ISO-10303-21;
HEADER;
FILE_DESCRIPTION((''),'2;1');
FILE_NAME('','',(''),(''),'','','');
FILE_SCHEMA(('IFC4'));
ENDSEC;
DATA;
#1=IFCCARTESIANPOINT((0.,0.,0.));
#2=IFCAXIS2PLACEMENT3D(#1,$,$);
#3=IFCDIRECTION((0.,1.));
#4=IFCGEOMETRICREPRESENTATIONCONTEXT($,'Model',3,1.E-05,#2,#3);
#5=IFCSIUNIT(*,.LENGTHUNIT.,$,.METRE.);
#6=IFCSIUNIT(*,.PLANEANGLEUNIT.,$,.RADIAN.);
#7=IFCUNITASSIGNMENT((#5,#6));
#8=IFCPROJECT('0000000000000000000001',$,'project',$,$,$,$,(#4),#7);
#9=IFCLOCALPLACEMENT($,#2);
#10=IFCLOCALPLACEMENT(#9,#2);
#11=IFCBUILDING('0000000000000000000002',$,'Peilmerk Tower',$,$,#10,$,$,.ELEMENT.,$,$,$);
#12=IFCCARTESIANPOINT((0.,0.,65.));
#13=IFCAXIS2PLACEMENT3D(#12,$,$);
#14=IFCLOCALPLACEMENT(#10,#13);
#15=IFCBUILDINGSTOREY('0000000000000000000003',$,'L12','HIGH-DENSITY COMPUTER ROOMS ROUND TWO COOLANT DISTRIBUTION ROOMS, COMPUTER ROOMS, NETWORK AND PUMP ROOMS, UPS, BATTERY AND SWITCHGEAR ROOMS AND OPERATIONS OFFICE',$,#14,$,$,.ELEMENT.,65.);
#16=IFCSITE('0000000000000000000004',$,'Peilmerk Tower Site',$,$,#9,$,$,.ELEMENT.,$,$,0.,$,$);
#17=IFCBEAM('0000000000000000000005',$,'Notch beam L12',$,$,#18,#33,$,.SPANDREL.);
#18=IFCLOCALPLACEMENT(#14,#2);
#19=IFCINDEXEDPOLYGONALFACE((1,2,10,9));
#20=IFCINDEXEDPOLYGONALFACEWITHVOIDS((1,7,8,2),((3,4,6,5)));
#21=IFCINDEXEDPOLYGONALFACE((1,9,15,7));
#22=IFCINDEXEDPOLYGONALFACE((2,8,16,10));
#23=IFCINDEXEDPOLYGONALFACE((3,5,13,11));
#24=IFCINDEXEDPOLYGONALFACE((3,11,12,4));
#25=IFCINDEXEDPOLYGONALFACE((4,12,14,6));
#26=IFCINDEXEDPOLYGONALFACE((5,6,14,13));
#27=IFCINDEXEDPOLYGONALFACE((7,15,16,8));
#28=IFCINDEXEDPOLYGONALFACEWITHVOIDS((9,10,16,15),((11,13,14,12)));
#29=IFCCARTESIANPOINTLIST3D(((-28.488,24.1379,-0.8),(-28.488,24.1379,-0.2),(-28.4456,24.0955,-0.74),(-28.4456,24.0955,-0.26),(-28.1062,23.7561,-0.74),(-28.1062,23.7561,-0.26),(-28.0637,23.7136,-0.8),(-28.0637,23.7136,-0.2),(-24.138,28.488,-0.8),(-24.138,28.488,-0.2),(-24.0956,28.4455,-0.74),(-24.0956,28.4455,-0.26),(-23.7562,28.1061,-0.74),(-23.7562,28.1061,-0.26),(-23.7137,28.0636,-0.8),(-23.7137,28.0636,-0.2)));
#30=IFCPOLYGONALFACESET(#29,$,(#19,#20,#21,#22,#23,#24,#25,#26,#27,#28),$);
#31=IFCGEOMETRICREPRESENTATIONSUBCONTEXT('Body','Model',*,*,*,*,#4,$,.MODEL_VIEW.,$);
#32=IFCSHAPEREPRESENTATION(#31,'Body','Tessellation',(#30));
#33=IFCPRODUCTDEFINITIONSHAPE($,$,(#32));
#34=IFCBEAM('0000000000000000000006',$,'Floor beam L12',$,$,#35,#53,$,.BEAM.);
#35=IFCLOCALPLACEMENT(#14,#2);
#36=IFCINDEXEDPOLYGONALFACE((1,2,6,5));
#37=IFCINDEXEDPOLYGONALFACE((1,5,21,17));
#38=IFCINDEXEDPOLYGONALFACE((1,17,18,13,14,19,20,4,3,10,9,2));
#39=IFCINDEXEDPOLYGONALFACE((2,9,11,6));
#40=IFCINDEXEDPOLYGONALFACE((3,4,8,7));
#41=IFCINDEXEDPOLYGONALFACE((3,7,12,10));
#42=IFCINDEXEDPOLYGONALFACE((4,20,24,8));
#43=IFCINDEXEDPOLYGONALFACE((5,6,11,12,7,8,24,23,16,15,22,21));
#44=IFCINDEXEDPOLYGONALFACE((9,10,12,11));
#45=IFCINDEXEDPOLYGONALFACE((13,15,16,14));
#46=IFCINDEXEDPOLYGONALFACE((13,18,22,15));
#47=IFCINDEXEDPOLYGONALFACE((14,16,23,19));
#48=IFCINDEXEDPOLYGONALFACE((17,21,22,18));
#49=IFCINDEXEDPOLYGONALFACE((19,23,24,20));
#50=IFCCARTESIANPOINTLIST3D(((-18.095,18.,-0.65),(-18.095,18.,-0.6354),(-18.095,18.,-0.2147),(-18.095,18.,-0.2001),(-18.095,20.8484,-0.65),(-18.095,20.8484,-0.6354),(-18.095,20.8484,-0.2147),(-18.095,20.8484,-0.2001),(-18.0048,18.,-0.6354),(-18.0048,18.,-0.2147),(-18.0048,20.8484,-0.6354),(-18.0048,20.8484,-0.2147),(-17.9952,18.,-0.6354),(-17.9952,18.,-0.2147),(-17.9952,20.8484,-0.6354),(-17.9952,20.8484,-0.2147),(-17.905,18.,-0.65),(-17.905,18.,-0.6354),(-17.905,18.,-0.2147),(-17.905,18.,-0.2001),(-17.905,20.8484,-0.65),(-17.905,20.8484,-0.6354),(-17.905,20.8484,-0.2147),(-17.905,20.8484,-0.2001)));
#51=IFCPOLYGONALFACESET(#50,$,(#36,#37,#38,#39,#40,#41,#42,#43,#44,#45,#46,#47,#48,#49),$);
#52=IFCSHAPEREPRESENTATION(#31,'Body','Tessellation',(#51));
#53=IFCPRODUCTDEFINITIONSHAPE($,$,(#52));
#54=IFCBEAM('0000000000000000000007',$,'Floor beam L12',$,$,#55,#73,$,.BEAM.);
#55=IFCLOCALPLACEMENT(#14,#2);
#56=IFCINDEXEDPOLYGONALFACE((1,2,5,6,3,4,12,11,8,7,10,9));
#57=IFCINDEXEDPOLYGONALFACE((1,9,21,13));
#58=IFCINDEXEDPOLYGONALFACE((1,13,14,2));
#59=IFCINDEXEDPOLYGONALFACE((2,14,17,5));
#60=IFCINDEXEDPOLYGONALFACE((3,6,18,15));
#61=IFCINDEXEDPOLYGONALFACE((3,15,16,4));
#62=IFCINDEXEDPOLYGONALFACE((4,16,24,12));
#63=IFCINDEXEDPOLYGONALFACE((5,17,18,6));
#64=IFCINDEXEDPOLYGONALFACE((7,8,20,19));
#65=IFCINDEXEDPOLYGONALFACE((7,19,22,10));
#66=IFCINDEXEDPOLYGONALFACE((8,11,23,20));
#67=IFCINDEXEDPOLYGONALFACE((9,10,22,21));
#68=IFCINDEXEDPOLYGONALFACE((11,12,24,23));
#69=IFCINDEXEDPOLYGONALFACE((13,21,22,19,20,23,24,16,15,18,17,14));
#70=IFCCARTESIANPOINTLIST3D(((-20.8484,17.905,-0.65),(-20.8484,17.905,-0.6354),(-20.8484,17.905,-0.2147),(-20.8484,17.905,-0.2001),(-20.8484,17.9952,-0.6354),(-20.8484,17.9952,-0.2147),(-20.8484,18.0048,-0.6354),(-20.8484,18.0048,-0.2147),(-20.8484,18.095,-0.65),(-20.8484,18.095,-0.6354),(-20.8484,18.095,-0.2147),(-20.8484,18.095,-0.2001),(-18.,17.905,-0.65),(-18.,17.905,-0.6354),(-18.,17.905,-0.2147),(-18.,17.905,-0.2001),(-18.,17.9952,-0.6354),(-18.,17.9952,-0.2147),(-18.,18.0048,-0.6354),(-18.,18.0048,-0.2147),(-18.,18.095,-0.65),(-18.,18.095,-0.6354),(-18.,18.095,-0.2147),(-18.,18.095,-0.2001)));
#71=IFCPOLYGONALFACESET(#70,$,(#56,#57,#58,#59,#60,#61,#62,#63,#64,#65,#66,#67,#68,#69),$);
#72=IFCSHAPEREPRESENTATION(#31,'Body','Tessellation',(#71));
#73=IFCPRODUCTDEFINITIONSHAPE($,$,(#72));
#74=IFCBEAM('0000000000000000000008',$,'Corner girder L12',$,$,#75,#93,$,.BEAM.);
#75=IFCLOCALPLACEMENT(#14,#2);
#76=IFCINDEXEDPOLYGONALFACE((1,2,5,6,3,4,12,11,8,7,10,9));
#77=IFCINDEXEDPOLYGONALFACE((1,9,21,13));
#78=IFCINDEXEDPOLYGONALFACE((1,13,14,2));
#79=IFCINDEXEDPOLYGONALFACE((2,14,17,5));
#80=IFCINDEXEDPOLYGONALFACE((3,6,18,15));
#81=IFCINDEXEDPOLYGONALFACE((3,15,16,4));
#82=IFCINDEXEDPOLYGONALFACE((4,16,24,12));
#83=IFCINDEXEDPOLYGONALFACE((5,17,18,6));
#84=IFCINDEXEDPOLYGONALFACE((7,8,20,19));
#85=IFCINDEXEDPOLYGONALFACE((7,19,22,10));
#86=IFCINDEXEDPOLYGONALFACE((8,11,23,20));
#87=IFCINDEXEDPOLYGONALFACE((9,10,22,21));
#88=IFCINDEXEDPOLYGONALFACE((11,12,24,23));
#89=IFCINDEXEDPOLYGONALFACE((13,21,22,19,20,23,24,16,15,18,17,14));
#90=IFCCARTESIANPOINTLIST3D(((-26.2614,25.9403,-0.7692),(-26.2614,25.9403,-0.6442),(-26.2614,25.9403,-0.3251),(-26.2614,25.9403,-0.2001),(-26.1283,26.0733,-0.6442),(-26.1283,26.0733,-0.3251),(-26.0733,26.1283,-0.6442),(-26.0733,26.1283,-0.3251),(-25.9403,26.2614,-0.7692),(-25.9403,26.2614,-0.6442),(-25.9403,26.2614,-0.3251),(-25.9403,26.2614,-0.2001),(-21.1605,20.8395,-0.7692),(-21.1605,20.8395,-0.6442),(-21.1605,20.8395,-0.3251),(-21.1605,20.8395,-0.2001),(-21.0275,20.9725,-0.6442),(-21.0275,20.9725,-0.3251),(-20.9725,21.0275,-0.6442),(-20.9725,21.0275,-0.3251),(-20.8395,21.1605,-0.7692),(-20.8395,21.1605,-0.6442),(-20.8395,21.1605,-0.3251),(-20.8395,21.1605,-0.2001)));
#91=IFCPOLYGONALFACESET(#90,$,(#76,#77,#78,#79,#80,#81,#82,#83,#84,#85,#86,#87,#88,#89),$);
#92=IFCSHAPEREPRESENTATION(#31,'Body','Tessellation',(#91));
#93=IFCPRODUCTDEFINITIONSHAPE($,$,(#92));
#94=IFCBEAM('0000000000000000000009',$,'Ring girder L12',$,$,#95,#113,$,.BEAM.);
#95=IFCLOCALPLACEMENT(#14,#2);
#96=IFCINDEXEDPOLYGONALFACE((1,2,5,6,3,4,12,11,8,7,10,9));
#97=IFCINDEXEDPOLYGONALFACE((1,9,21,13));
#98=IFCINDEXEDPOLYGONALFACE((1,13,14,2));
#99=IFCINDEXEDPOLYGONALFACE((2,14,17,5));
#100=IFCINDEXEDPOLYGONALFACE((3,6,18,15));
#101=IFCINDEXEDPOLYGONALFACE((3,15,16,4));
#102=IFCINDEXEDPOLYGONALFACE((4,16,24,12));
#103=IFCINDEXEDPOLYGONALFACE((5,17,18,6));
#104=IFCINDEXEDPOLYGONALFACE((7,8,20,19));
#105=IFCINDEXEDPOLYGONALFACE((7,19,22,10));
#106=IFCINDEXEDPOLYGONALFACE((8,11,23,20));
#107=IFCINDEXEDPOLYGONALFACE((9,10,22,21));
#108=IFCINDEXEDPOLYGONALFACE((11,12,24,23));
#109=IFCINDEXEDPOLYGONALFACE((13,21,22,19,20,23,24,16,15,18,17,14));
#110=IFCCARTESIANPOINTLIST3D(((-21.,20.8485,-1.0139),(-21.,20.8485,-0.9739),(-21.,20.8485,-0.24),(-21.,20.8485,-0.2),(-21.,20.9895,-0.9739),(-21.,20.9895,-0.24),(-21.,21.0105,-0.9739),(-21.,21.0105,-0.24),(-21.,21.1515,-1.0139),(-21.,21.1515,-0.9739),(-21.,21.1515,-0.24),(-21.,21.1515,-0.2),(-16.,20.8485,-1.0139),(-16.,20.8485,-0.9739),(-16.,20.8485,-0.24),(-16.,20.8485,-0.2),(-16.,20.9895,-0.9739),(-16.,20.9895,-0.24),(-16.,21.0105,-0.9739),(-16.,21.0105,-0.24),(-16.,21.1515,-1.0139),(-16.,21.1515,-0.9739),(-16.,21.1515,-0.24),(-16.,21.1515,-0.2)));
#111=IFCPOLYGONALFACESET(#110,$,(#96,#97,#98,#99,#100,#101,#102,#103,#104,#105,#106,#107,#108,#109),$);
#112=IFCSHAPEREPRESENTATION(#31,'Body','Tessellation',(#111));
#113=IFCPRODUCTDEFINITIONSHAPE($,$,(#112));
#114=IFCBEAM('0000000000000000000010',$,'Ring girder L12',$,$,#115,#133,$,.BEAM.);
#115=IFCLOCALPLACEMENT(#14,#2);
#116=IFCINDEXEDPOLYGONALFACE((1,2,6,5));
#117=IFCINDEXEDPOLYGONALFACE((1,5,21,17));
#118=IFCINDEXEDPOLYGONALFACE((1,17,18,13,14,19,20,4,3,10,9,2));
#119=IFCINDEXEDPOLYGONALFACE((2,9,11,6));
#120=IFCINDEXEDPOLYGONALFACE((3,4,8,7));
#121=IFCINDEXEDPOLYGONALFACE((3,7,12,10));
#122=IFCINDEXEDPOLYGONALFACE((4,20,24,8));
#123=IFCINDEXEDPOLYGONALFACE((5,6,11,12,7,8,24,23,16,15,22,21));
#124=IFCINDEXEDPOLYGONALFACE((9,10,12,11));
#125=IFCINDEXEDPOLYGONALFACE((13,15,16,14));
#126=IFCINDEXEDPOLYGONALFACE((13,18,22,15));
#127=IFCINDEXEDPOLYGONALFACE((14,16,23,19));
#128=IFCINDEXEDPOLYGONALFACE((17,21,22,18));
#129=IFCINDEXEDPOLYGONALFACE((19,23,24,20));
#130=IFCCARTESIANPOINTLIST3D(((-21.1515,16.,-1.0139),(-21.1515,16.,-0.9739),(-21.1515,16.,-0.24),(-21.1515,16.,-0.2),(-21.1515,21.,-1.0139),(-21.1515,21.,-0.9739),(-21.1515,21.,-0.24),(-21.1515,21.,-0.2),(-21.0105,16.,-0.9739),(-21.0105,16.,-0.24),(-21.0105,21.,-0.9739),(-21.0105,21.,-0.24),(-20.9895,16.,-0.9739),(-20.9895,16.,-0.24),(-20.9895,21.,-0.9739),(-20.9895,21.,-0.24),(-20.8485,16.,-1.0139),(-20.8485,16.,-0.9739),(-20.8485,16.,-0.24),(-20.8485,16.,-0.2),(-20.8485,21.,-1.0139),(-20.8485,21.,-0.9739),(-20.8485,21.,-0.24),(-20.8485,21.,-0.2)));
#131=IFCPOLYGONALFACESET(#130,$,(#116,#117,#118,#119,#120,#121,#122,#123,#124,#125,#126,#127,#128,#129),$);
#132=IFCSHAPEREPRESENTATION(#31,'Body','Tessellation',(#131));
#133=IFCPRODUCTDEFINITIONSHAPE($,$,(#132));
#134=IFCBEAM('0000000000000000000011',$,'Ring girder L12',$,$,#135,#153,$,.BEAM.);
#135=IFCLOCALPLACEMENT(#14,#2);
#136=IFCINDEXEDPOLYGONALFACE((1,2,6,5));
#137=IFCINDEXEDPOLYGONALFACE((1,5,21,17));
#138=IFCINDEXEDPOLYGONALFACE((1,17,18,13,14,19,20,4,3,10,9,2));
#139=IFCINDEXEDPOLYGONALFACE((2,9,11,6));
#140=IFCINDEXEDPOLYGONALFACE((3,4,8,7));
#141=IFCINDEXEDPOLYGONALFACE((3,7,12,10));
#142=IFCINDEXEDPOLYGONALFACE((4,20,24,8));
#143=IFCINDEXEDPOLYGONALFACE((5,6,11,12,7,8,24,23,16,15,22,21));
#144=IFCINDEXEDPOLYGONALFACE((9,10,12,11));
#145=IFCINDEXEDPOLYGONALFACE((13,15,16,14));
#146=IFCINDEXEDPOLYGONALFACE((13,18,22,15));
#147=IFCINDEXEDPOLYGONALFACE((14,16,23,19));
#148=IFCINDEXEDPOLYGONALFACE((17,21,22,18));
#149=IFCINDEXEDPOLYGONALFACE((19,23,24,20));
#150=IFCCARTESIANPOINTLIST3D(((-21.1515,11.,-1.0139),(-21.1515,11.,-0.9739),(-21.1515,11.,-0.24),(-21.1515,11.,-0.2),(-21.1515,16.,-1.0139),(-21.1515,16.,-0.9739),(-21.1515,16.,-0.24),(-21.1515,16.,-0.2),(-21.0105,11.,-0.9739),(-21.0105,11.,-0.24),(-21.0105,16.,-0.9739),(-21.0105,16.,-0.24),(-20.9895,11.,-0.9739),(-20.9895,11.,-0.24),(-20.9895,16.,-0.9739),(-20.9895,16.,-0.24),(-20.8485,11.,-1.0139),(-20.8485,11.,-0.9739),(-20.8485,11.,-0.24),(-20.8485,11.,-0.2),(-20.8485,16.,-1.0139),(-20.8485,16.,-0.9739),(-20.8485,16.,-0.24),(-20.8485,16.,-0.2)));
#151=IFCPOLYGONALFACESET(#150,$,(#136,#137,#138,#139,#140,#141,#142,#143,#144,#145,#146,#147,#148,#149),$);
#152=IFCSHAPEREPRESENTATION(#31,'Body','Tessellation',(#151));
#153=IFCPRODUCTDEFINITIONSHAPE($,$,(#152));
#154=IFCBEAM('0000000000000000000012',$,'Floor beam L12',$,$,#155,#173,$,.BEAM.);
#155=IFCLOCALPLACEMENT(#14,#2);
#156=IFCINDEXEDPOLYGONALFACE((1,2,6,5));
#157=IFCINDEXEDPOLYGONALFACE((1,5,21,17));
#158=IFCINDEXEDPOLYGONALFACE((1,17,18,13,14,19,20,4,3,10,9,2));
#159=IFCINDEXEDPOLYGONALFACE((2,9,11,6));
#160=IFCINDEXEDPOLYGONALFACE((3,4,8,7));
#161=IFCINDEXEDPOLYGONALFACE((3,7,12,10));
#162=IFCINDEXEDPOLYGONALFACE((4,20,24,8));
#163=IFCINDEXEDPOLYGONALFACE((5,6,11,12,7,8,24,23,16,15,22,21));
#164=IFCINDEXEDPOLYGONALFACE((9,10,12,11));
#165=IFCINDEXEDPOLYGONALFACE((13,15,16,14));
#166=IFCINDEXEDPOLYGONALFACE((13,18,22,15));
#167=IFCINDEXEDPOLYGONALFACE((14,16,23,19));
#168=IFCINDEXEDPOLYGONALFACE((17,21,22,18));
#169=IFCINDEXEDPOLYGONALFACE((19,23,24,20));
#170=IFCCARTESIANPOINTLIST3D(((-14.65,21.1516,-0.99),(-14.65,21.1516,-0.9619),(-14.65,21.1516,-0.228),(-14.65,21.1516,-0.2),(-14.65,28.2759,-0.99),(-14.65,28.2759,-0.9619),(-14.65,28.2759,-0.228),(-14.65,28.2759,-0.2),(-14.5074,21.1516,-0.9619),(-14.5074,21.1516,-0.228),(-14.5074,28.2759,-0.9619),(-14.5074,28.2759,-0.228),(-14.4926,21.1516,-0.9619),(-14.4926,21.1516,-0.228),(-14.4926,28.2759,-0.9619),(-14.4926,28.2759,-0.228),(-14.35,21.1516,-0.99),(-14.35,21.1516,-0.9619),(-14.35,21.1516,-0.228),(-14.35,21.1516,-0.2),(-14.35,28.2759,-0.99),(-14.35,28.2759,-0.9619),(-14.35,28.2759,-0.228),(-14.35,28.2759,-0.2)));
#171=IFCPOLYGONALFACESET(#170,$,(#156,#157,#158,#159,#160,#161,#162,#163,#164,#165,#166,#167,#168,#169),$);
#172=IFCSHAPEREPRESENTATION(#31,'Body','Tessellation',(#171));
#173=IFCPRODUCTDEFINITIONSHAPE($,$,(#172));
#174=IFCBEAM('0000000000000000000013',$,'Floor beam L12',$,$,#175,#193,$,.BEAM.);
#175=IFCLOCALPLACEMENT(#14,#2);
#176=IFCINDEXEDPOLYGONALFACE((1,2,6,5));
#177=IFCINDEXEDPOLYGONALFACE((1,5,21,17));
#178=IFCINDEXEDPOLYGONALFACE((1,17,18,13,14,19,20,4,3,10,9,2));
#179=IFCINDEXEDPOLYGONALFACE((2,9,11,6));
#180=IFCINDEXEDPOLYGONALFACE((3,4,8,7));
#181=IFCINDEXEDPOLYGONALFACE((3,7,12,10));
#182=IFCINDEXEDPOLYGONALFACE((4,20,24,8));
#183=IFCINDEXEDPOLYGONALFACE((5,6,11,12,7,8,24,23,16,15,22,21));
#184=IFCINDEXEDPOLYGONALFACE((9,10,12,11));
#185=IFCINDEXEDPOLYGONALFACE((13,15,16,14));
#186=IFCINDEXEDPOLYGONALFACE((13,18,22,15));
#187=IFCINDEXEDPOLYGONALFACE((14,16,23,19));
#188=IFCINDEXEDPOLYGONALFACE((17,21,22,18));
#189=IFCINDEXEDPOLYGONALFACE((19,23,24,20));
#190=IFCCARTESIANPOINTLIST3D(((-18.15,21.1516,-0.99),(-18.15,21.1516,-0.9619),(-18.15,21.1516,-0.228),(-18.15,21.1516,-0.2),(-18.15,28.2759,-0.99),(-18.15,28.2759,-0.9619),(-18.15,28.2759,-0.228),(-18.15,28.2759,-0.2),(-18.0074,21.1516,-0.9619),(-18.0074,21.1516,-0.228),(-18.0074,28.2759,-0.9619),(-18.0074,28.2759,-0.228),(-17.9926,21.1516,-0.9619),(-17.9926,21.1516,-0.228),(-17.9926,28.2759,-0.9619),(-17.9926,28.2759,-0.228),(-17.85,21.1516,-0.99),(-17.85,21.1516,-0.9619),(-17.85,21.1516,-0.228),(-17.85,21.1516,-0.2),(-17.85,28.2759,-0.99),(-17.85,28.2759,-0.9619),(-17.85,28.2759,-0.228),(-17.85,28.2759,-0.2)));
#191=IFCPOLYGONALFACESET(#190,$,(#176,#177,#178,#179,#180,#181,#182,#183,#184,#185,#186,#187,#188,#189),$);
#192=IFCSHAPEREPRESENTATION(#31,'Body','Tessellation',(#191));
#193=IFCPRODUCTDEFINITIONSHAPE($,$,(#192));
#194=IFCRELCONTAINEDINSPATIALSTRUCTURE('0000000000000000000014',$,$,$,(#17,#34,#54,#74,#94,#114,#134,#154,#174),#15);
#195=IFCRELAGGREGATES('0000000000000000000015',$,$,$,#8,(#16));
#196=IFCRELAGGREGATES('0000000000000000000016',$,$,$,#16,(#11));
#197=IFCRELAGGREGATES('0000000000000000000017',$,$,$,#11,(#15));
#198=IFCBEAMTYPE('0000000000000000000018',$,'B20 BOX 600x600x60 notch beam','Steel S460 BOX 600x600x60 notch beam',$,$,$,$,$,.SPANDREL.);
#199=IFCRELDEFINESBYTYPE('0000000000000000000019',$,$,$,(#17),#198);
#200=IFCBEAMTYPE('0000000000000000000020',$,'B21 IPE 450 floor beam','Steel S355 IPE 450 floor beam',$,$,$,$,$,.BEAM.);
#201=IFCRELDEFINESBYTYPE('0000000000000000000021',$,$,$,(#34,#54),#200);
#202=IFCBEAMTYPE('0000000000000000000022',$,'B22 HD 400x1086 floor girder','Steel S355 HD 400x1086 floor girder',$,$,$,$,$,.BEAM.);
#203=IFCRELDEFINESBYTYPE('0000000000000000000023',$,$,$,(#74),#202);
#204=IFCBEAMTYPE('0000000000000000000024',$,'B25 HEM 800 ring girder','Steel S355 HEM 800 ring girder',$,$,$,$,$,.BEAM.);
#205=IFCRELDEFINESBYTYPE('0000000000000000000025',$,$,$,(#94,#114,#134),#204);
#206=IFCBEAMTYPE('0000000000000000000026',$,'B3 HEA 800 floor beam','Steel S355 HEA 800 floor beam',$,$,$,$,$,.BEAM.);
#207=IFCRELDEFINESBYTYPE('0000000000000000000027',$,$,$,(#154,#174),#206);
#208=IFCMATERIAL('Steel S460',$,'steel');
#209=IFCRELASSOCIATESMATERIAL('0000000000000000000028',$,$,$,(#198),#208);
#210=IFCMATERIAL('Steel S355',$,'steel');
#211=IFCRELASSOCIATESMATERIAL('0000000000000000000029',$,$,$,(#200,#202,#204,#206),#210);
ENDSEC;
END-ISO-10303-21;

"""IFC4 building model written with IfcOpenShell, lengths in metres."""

from ifc_helpers import new_model, si_unit, direction, frame, origin, origin_2d, place, context, subcontext, project, spatial, hollow_rectangle, i_section, extrude, material, material_profile, profile_set, type_object, element, save


model = new_model("IFC4")

# Units and contexts
model_context = context("Model", 3, precision=1e-05, world=origin(), true_north=direction((0.0, 1.0)))
body_context = subcontext(model_context, "Body", "Model", "MODEL_VIEW")
ifc_project = project(units=[si_unit("LENGTHUNIT", "METRE"), si_unit("PLANEANGLEUNIT", "RADIAN")], contexts=[model_context])

# Site, building, storey
site_placement = place(None, origin())
site = spatial("IfcSite", under=ifc_project, at=site_placement, Name="Peilmerk Tower Site", CompositionType="ELEMENT", RefElevation=0.0)
building_placement = place(site_placement, origin())
building = spatial("IfcBuilding", under=site, at=building_placement, Name="Peilmerk Tower", CompositionType="ELEMENT")
storey_placement = place(building_placement, frame((0.0, 0.0, 65.0)))
storey = spatial("IfcBuildingStorey", under=building, at=storey_placement, Name="L12", Description="HIGH-DENSITY COMPUTER ROOMS ROUND TWO COOLANT DISTRIBUTION ROOMS, COMPUTER ROOMS, NETWORK AND PUMP ROOMS, UPS, BATTERY AND SWITCHGEAR ROOMS AND OPERATIONS OFFICE", CompositionType="ELEMENT", Elevation=65.0)

# Beams
ifc_material_1 = material(Name="Steel S355", Category="steel")
ifc_material_2 = material(Name="Steel S460", Category="steel")
ifc_material_profile_1 = material_profile(ifc_material_2, hollow_rectangle(XDim=0.6001, YDim=0.6001, WallThickness=0.0601, at=origin_2d()), Name="BOX 600x600x60")
ifc_profile_set_1 = profile_set([ifc_material_profile_1], Name="Steel S460")
beam_type_1 = type_object("IfcBeamType", Name="B20 BOX 600x600x60 notch beam", Description="Steel S460 BOX 600x600x60 notch beam", PredefinedType="SPANDREL", material=ifc_profile_set_1)
beam_1_placement = place(storey_placement, frame((-28.2759, 23.9258, -0.5), z_axis=(0.707107, 0.707107, 0.0), x_axis=(-0.707107, 0.707107, 0.0)))
element("IfcBeam", 1, at=beam_1_placement, inside=storey, type_object=beam_type_1, Name="Notch beam L12", PredefinedType="SPANDREL", context=body_context, shape_type="SweptSolid", body=[
    extrude(hollow_rectangle(XDim=0.6001, YDim=0.6001, WallThickness=0.0601, at=origin_2d()), origin(), (0.0, 0.0, 1.0), 6.1519),
])
ifc_material_profile_2 = material_profile(ifc_material_1, i_section(OverallWidth=0.1899, OverallDepth=0.45, WebThickness=0.0095, FlangeThickness=0.0146, at=origin_2d()), Name="IPE 450")
ifc_profile_set_2 = profile_set([ifc_material_profile_2], Name="Steel S355")
beam_type_2 = type_object("IfcBeamType", Name="B21 IPE 450 floor beam", Description="Steel S355 IPE 450 floor beam", PredefinedType="BEAM", material=ifc_profile_set_2)
for number, where, z_axis, x_axis, name in (
    (2, (-18.0, 18.0, -0.425), (0.0, 1.0, 0.0), (-1.0, 0.0, 0.0), "Floor beam L12"),
    (3, (-18.0, 18.0, -0.425), (-1.0, 0.0, 0.0), (0.0, -1.0, 0.0), "Floor beam L12"),
):
    element("IfcBeam", number, at=place(storey_placement, frame(where, z_axis=z_axis, x_axis=x_axis)), inside=storey, type_object=beam_type_2, Name=name, PredefinedType="BEAM", context=body_context, shape_type="SweptSolid", body=[
        extrude(i_section(OverallWidth=0.1899, OverallDepth=0.45, WebThickness=0.0095, FlangeThickness=0.0146, at=origin_2d()), origin(), (0.0, 0.0, 1.0), 2.8484),
    ])
ifc_material_profile_3 = material_profile(ifc_material_1, i_section(OverallWidth=0.4541, OverallDepth=0.5691, WebThickness=0.0779, FlangeThickness=0.125, at=origin_2d()), Name="HD 400x1086")
ifc_profile_set_3 = profile_set([ifc_material_profile_3], Name="Steel S355")
beam_type_3 = type_object("IfcBeamType", Name="B22 HD 400x1086 floor girder", Description="Steel S355 HD 400x1086 floor girder", PredefinedType="BEAM", material=ifc_profile_set_3)
beam_2_placement = place(storey_placement, frame((-21.0, 21.0, -0.4846), z_axis=(-0.707107, 0.707107, 0.0), x_axis=(-0.707107, -0.707107, 0.0)))
element("IfcBeam", 4, at=beam_2_placement, inside=storey, type_object=beam_type_3, Name="Corner girder L12", PredefinedType="BEAM", context=body_context, shape_type="SweptSolid", body=[
    extrude(i_section(OverallWidth=0.4541, OverallDepth=0.5691, WebThickness=0.0779, FlangeThickness=0.125, at=origin_2d()), origin(), (0.0, 0.0, 1.0), 7.2136),
])
ifc_material_profile_4 = material_profile(ifc_material_1, i_section(OverallWidth=0.303, OverallDepth=0.814, WebThickness=0.021, FlangeThickness=0.04, at=origin_2d()), Name="HEM 800")
ifc_profile_set_4 = profile_set([ifc_material_profile_4], Name="Steel S355")
beam_type_4 = type_object("IfcBeamType", Name="B25 HEM 800 ring girder", Description="Steel S355 HEM 800 ring girder", PredefinedType="BEAM", material=ifc_profile_set_4)
for number, where, z_axis, x_axis, name in (
    (5, (-16.0, 21.0, -0.6069), (-1.0, 0.0, 0.0), (0.0, -1.0, 0.0), "Ring girder L12"),
    (6, (-21.0, 21.0, -0.6069), (0.0, -1.0, 0.0), (1.0, 0.0, 0.0), "Ring girder L12"),
    (7, (-21.0, 16.0, -0.6069), (0.0, -1.0, 0.0), (1.0, 0.0, 0.0), "Ring girder L12"),
):
    element("IfcBeam", number, at=place(storey_placement, frame(where, z_axis=z_axis, x_axis=x_axis)), inside=storey, type_object=beam_type_4, Name=name, PredefinedType="BEAM", context=body_context, shape_type="SweptSolid", body=[
        extrude(i_section(OverallWidth=0.303, OverallDepth=0.814, WebThickness=0.021, FlangeThickness=0.04, at=origin_2d()), origin(), (0.0, 0.0, 1.0), 5.0),
    ])
ifc_material_profile_5 = material_profile(ifc_material_1, i_section(OverallWidth=0.3, OverallDepth=0.79, WebThickness=0.0149, FlangeThickness=0.0281, at=origin_2d()), Name="HEA 800")
ifc_profile_set_5 = profile_set([ifc_material_profile_5], Name="Steel S355")
beam_type_5 = type_object("IfcBeamType", Name="B3 HEA 800 floor beam", Description="Steel S355 HEA 800 floor beam", PredefinedType="BEAM", material=ifc_profile_set_5)
for number, where, z_axis, x_axis, name in (
    (8, (-14.5, 21.1516, -0.595), (0.0, 1.0, 0.0), (-1.0, 0.0, 0.0), "Floor beam L12"),
    (9, (-18.0, 21.1516, -0.595), (0.0, 1.0, 0.0), (-1.0, 0.0, 0.0), "Floor beam L12"),
):
    element("IfcBeam", number, at=place(storey_placement, frame(where, z_axis=z_axis, x_axis=x_axis)), inside=storey, type_object=beam_type_5, Name=name, PredefinedType="BEAM", context=body_context, shape_type="SweptSolid", body=[
        extrude(i_section(OverallWidth=0.3, OverallDepth=0.79, WebThickness=0.0149, FlangeThickness=0.0281, at=origin_2d()), origin(), (0.0, 0.0, 1.0), 7.1243),
    ])

save(model, "model.ifc")
